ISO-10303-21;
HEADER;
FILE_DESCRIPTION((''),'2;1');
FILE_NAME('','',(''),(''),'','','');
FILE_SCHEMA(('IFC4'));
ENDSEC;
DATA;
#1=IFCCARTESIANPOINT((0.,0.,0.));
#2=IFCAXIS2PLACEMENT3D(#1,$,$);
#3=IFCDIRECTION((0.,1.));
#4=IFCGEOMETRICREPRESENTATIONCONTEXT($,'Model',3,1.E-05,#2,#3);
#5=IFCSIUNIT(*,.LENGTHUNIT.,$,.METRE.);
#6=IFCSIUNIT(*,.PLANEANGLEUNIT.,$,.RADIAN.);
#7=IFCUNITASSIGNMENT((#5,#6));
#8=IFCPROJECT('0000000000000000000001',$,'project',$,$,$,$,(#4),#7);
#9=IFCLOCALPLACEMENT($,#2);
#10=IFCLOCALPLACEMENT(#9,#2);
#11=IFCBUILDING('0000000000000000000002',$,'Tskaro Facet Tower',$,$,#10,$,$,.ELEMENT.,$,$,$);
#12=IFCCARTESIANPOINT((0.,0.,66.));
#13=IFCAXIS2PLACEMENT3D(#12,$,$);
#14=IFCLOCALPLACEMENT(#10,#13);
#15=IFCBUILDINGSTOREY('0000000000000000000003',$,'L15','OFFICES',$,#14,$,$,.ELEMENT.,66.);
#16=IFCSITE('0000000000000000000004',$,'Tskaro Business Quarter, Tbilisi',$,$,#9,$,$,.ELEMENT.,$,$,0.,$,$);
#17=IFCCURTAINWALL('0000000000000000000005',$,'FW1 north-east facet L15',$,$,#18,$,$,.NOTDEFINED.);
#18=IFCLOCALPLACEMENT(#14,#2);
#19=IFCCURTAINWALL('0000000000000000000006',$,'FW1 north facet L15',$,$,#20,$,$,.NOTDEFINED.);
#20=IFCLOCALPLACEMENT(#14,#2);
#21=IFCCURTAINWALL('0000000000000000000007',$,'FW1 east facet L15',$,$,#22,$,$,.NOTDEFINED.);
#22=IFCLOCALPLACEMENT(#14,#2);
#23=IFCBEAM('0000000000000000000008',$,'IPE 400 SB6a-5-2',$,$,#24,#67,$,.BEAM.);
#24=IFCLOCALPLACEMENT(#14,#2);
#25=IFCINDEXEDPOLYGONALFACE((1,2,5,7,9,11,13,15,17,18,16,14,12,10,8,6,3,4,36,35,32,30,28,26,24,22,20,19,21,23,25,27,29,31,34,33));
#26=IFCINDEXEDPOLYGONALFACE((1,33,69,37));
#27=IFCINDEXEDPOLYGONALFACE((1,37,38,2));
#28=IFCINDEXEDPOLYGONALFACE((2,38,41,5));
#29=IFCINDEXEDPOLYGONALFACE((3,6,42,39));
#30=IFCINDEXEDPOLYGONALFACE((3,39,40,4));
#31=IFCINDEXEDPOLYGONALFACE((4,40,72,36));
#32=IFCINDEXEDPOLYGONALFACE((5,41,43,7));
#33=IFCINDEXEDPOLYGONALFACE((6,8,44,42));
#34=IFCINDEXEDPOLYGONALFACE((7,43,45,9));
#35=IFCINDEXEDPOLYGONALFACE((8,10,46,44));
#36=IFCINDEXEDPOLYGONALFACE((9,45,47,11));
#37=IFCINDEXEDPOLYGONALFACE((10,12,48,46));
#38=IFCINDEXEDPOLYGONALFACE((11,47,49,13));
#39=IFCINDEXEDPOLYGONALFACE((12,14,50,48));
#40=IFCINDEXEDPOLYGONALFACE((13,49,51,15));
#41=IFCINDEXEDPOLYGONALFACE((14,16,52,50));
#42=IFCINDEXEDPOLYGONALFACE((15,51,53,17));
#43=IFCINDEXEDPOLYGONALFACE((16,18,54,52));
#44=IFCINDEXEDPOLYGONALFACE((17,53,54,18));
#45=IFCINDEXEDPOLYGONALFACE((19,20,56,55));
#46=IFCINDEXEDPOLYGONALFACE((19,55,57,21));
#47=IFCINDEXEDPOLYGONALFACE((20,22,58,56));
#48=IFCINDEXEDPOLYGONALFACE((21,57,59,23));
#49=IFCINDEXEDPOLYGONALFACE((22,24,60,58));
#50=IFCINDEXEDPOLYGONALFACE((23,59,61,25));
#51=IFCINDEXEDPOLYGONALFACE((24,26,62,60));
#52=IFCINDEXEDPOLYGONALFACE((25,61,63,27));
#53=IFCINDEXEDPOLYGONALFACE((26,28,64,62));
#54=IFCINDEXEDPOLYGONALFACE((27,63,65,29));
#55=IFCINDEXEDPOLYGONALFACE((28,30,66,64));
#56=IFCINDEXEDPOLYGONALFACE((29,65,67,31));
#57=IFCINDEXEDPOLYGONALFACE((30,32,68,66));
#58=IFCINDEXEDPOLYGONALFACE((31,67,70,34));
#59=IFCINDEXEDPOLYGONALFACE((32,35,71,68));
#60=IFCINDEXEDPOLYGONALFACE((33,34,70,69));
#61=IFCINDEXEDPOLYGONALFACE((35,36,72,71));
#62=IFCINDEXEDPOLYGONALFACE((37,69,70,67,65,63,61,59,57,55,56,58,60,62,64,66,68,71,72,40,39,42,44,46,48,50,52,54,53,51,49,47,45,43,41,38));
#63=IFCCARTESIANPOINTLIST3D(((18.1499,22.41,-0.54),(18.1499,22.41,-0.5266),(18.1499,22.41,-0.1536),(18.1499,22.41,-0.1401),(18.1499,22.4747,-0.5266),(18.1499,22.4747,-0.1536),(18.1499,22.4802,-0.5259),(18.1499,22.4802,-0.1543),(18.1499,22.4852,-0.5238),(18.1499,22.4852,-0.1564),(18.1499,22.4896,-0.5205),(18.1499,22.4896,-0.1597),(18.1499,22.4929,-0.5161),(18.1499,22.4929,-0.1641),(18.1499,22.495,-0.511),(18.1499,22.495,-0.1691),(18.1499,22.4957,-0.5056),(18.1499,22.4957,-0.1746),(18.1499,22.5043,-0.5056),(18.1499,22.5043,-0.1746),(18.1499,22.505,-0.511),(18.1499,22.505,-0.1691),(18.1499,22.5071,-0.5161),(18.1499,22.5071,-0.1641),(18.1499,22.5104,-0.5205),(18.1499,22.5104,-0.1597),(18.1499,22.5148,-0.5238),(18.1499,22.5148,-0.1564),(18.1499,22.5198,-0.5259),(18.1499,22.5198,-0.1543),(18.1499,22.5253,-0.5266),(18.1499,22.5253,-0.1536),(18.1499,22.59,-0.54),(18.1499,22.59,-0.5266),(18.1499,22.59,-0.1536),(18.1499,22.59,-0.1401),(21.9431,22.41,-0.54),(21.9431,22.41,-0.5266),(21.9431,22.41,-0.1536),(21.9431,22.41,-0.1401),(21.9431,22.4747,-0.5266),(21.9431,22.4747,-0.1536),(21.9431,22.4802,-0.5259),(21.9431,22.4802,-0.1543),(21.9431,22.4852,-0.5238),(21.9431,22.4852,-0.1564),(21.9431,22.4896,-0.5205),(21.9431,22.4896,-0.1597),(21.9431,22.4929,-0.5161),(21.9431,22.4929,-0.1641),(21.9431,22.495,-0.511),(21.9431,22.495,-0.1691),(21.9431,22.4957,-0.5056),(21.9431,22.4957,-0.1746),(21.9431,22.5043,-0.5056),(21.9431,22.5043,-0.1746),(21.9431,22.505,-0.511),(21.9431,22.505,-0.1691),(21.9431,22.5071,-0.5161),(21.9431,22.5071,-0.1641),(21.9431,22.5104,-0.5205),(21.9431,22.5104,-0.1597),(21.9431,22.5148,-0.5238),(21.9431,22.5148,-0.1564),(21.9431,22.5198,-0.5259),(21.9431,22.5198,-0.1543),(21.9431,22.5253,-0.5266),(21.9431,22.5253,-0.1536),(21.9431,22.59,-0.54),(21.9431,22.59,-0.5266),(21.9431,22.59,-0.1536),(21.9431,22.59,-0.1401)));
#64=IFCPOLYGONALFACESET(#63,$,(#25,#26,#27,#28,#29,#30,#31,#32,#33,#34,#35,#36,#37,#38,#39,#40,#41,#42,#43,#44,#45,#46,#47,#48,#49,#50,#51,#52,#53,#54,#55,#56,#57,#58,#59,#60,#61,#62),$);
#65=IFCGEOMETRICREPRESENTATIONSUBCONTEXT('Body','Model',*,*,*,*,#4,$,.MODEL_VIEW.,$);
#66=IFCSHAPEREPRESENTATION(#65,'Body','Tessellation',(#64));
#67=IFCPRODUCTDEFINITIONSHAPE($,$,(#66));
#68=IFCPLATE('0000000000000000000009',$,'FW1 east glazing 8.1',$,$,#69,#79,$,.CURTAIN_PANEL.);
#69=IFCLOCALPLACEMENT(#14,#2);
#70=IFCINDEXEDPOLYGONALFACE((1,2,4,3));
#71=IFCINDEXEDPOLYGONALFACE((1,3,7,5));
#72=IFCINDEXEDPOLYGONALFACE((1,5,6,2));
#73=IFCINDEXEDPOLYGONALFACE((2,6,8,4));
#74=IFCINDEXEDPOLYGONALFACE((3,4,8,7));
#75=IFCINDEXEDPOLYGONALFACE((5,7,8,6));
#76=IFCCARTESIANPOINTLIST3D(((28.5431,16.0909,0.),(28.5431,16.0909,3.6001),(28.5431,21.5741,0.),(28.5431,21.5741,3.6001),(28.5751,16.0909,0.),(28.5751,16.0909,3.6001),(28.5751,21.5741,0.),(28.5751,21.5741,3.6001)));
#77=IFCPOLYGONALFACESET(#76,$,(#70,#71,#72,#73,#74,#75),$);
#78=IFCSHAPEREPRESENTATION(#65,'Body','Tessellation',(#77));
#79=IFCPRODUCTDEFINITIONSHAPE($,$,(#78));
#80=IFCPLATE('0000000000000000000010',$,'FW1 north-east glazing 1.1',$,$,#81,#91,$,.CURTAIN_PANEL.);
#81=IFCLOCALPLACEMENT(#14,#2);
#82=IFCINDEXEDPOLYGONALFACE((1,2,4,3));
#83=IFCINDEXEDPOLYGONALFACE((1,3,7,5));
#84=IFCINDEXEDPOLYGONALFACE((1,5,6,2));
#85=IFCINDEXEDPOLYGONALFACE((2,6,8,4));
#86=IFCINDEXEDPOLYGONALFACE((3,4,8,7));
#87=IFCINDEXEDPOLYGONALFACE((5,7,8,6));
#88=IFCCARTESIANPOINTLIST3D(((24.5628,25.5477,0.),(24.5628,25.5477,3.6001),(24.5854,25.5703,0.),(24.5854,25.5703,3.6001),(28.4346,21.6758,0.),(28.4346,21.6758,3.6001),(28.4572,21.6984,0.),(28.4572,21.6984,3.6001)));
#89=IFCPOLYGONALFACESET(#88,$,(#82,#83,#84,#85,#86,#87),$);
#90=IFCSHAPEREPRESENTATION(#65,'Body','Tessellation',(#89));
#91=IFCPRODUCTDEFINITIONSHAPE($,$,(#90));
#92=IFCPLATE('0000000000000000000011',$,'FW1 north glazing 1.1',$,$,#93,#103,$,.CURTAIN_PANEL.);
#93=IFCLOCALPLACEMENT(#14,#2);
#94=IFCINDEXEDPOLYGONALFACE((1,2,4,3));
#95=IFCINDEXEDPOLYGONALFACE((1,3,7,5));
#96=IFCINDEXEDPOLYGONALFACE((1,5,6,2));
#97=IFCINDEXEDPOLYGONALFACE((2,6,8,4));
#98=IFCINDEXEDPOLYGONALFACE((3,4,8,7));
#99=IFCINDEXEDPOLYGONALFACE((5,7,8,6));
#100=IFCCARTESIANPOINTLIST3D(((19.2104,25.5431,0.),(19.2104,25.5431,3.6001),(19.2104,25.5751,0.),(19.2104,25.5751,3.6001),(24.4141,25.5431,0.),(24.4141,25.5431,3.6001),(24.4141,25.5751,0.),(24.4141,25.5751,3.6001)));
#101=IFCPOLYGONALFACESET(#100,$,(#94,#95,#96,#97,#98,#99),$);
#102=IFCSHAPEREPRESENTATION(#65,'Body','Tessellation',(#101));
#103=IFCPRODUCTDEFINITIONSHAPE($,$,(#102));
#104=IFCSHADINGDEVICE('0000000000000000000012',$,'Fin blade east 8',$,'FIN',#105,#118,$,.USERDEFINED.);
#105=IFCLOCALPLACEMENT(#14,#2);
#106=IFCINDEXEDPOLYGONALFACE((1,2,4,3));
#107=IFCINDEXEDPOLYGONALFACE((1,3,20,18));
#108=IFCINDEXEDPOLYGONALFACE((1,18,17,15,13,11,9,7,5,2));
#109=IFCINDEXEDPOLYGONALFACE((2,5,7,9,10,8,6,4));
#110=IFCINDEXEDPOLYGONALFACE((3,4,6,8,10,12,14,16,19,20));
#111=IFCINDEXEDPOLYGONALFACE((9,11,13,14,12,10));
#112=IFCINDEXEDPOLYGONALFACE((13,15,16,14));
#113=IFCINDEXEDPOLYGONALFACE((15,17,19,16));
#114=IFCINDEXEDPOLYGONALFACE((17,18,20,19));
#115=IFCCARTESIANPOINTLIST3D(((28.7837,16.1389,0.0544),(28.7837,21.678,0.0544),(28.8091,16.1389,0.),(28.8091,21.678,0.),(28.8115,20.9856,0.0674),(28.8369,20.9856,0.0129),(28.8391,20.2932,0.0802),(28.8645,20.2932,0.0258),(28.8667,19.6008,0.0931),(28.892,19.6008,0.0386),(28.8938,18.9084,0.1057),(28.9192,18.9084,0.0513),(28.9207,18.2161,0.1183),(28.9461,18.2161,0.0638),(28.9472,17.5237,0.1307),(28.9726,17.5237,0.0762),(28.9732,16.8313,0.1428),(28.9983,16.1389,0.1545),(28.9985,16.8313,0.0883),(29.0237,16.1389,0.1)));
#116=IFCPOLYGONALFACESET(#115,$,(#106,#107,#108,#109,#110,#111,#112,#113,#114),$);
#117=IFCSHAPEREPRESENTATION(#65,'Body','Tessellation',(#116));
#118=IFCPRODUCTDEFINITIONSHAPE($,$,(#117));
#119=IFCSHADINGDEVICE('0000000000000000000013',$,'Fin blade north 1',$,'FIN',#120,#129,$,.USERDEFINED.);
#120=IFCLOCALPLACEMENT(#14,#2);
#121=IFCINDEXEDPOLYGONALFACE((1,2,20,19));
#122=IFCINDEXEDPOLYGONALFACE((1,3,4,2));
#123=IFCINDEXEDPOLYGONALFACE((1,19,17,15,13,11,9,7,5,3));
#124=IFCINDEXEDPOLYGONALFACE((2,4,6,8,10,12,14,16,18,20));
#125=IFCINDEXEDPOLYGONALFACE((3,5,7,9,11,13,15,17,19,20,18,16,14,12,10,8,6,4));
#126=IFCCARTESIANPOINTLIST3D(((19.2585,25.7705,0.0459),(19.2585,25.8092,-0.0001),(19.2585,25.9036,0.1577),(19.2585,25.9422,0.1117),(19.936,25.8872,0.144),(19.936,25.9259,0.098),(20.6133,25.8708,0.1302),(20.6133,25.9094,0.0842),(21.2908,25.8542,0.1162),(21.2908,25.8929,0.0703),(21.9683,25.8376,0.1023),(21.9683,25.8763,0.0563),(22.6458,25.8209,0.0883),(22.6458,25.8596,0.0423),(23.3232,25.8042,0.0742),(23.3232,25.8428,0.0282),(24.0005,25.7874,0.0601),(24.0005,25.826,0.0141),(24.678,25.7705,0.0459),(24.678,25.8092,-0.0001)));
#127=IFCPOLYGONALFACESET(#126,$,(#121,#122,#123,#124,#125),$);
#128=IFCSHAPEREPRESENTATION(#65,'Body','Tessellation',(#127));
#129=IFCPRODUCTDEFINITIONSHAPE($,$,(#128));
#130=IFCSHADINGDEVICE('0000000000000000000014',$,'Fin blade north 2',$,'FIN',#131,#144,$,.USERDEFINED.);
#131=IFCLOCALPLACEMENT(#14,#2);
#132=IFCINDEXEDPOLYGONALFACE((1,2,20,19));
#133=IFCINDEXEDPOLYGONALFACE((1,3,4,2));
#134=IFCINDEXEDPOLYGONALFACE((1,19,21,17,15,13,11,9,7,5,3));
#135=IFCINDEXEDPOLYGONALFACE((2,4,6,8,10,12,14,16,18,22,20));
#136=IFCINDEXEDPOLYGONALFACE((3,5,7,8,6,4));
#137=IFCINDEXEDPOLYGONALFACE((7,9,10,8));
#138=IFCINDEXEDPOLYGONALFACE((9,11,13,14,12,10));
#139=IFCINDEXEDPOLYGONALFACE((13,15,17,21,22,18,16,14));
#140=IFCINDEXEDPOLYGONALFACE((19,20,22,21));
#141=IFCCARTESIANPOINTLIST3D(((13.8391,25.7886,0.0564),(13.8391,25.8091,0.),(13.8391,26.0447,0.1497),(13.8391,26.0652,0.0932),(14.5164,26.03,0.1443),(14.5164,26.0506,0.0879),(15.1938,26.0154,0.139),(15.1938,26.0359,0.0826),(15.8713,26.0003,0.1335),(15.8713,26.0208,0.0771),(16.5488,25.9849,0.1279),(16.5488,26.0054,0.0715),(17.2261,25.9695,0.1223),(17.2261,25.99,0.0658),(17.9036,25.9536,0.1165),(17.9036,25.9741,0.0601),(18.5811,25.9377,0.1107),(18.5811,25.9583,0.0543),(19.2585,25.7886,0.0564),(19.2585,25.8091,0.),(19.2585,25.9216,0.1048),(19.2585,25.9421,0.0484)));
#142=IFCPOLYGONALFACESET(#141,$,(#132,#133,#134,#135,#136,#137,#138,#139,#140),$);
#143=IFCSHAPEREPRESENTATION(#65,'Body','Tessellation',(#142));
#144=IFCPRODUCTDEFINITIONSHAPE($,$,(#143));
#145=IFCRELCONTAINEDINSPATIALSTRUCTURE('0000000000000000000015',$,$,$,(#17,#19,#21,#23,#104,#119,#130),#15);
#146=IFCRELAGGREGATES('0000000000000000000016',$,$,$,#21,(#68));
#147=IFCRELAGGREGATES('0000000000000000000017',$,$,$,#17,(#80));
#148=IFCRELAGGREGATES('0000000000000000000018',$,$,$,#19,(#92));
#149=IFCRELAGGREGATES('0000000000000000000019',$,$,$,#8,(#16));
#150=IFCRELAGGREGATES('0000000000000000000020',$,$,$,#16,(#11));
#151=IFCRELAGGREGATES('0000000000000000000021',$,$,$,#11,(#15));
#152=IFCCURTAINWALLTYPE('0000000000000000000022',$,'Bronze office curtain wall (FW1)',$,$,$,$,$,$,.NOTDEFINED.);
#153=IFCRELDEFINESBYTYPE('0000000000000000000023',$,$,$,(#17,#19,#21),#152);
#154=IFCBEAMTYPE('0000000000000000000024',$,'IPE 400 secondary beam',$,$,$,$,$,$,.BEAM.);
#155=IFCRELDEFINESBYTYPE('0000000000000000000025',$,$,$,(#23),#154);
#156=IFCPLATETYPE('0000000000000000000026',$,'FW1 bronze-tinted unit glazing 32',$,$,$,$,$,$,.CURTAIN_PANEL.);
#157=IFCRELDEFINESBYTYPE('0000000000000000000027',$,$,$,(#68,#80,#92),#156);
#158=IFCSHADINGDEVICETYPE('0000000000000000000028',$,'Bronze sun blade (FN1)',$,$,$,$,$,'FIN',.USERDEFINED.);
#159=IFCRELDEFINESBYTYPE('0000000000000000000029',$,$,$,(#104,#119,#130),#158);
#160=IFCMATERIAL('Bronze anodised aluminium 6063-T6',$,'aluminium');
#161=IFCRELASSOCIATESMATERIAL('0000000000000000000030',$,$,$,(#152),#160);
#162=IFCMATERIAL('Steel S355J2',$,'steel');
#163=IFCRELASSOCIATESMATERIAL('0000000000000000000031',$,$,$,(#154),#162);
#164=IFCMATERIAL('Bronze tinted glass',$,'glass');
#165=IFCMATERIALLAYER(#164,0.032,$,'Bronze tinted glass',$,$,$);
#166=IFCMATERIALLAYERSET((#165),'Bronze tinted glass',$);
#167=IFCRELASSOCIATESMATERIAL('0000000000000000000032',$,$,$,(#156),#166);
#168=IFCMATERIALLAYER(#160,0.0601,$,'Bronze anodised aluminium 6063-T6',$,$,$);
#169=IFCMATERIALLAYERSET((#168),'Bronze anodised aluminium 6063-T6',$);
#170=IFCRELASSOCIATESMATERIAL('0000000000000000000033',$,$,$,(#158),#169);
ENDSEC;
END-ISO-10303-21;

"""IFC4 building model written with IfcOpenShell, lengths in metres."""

from ifc_helpers import new_model, si_unit, direction, frame, origin, origin_2d, place, context, subcontext, project, spatial, polyline, rectangle, i_section, outline, extrude, material, layer, layer_set, material_profile, profile_set, type_object, element, aggregate, save


model = new_model("IFC4")

# Units and contexts
model_context = context("Model", 3, precision=1e-05, world=origin(), true_north=direction((0.0, 1.0)))
body_context = subcontext(model_context, "Body", "Model", "MODEL_VIEW")
ifc_project = project(units=[si_unit("LENGTHUNIT", "METRE"), si_unit("PLANEANGLEUNIT", "RADIAN")], contexts=[model_context])

# Site, building, storey
site_placement = place(None, origin())
site = spatial("IfcSite", under=ifc_project, at=site_placement, Name="Tskaro Business Quarter, Tbilisi", CompositionType="ELEMENT", RefElevation=0.0)
building_placement = place(site_placement, origin())
building = spatial("IfcBuilding", under=site, at=building_placement, Name="Tskaro Facet Tower", CompositionType="ELEMENT")
storey_placement = place(building_placement, frame((0.0, 0.0, 66.0)))
storey = spatial("IfcBuildingStorey", under=building, at=storey_placement, Name="L15", Description="OFFICES", CompositionType="ELEMENT", Elevation=66.0)

# Curtain walls
ifc_material_1 = material(Name="Bronze anodised aluminium 6063-T6", Category="aluminium")
curtain_wall_type = type_object("IfcCurtainWallType", Name="Bronze office curtain wall (FW1)", PredefinedType="NOTDEFINED", material=ifc_material_1)
curtain_wall_1_placement = place(storey_placement, origin())
curtain_wall_1 = element("IfcCurtainWall", 1, at=curtain_wall_1_placement, inside=storey, type_object=curtain_wall_type, Name="FW1 north-east facet L15", PredefinedType="NOTDEFINED")
curtain_wall_2_placement = place(storey_placement, origin())
curtain_wall_2 = element("IfcCurtainWall", 2, at=curtain_wall_2_placement, inside=storey, type_object=curtain_wall_type, Name="FW1 north facet L15", PredefinedType="NOTDEFINED")
curtain_wall_3_placement = place(storey_placement, origin())
curtain_wall_3 = element("IfcCurtainWall", 3, at=curtain_wall_3_placement, inside=storey, type_object=curtain_wall_type, Name="FW1 east facet L15", PredefinedType="NOTDEFINED")

# Beam
ifc_material_2 = material(Name="Steel S355J2", Category="steel")
ifc_material_profile_1 = material_profile(ifc_material_2, i_section(OverallWidth=0.1799, OverallDepth=0.3999, WebThickness=0.0085, FlangeThickness=0.0134, FilletRadius=0.021, at=origin_2d()), Name="IPE 400")
ifc_profile_set_1 = profile_set([ifc_material_profile_1], Name="Steel S355J2")
beam_type_1 = type_object("IfcBeamType", Name="IPE 400 secondary beam", PredefinedType="BEAM", material=ifc_profile_set_1)
beam_1_placement = place(storey_placement, frame((18.1499, 22.5, -0.3401), z_axis=(1.0, 0.0, 0.0), x_axis=(0.0, 1.0, 0.0)))
element("IfcBeam", 4, at=beam_1_placement, inside=storey, type_object=beam_type_1, Name="IPE 400 SB6a-5-2", PredefinedType="BEAM", context=body_context, shape_type="SweptSolid", body=[
    extrude(i_section(OverallWidth=0.1799, OverallDepth=0.3999, WebThickness=0.0085, FlangeThickness=0.0134, FilletRadius=0.021, at=origin_2d()), origin(), (0.0, 0.0, 1.0), 3.7932),
])

# Plates
ifc_material_3 = material(Name="Bronze tinted glass", Category="glass")
ifc_layer_1 = layer(ifc_material_3, 0.032, Name="Bronze tinted glass")
ifc_layer_set_1 = layer_set([ifc_layer_1], Name="Bronze tinted glass")
plate_type = type_object("IfcPlateType", Name="FW1 bronze-tinted unit glazing 32", PredefinedType="CURTAIN_PANEL", material=ifc_layer_set_1)
plate_1_placement = place(storey_placement, frame((28.5591, 18.8325, 0.0), z_axis=(0.0, 0.0, 1.0), x_axis=(0.0, 1.0, 0.0)))
plate_1 = element("IfcPlate", 5, at=plate_1_placement, type_object=plate_type, Name="FW1 east glazing 8.1", PredefinedType="CURTAIN_PANEL", context=body_context, shape_type="SweptSolid", body=[
    extrude(rectangle(XDim=5.4832, YDim=0.032, at=origin_2d()), origin(), (0.0, 0.0, 1.0), 3.6001),
])
aggregate(curtain_wall_3, [plate_1])
plate_2_placement = place(storey_placement, frame((26.51, 23.623, 0.0), z_axis=(0.0, 0.0, 1.0), x_axis=(-0.707107, 0.707107, 0.0)))
plate_2 = element("IfcPlate", 6, at=plate_2_placement, type_object=plate_type, Name="FW1 north-east glazing 1.1", PredefinedType="CURTAIN_PANEL", context=body_context, shape_type="SweptSolid", body=[
    extrude(rectangle(XDim=5.4756, YDim=0.032, at=origin_2d()), origin(), (0.0, 0.0, 1.0), 3.6001),
])
aggregate(curtain_wall_1, [plate_2])
plate_3_placement = place(storey_placement, frame((21.8123, 25.5591, 0.0), z_axis=(0.0, 0.0, 1.0), x_axis=(-1.0, 0.0, 0.0)))
plate_3 = element("IfcPlate", 7, at=plate_3_placement, type_object=plate_type, Name="FW1 north glazing 1.1", PredefinedType="CURTAIN_PANEL", context=body_context, shape_type="SweptSolid", body=[
    extrude(rectangle(XDim=5.2036, YDim=0.032, at=origin_2d()), origin(), (0.0, 0.0, 1.0), 3.6001),
])
aggregate(curtain_wall_2, [plate_3])

# Shading devices
ifc_layer_2 = layer(ifc_material_1, 0.0601, Name="Bronze anodised aluminium 6063-T6")
ifc_layer_set_2 = layer_set([ifc_layer_2], Name="Bronze anodised aluminium 6063-T6")
shading_device_type = type_object("IfcShadingDeviceType", Name="Bronze sun blade (FN1)", ElementType="FIN", PredefinedType="USERDEFINED", material=ifc_layer_set_2)
shading_device_1_placement = place(storey_placement, frame((28.7837, 16.1389, 0.0544), z_axis=(-0.422476, 0.000011, 0.906374), x_axis=(0.000005, 1.0, -0.00001)))
element("IfcShadingDevice", 8, at=shading_device_1_placement, inside=storey, type_object=shading_device_type, Name="Fin blade east 8", ObjectType="FIN", PredefinedType="USERDEFINED", context=body_context, shape_type="SweptSolid", body=[
    extrude(outline(polyline([(0.0, 0.0), (5.5391, 0.0), (4.8467, -0.0307), (4.1543, -0.0612), (3.4619, -0.0915), (2.7695, -0.1215), (2.0771, -0.1512), (1.3848, -0.1804), (0.6924, -0.2091), (0.0, -0.2368), (0.0, 0.0)])), origin(), (0.0, 0.0, -1.0), 0.0601),
])
shading_device_2_placement = place(storey_placement, frame((24.678, 25.7705, 0.0459), z_axis=(-0.000004, -0.643458, 0.765481), x_axis=(-1.0, 0.000003, -0.000003)))
element("IfcShadingDevice", 9, at=shading_device_2_placement, inside=storey, type_object=shading_device_type, Name="Fin blade north 1", ObjectType="FIN", PredefinedType="USERDEFINED", context=body_context, shape_type="SweptSolid", body=[
    extrude(outline(polyline([(0.0, 0.0), (5.4194, 0.0), (5.4194, -0.1738), (4.7419, -0.1525), (4.0647, -0.131), (3.3872, -0.1093), (2.7097, -0.0877), (2.0322, -0.0658), (1.3547, -0.044), (0.6775, -0.022), (0.0, 0.0)])), origin(), (0.0, 0.0, -1.0), 0.0601),
])
shading_device_3_placement = place(storey_placement, frame((19.2585, 25.7886, 0.0564), z_axis=(0.000009, -0.342084, 0.939669), x_axis=(-1.0, -0.000003, 0.000009)))
element("IfcShadingDevice", 10, at=shading_device_3_placement, inside=storey, type_object=shading_device_type, Name="Fin blade north 2", ObjectType="FIN", PredefinedType="USERDEFINED", context=body_context, shape_type="SweptSolid", body=[
    extrude(outline(polyline([(0.0, 0.0), (5.4194, 0.0), (5.4194, -0.2726), (4.7422, -0.257), (4.0647, -0.2414), (3.3872, -0.2253), (2.7097, -0.2089), (2.0325, -0.1925), (1.355, -0.1756), (0.6775, -0.1587), (0.0, -0.1416), (0.0, 0.0)])), origin(), (0.0, 0.0, -1.0), 0.0601),
])

save(model, "model.ifc")
